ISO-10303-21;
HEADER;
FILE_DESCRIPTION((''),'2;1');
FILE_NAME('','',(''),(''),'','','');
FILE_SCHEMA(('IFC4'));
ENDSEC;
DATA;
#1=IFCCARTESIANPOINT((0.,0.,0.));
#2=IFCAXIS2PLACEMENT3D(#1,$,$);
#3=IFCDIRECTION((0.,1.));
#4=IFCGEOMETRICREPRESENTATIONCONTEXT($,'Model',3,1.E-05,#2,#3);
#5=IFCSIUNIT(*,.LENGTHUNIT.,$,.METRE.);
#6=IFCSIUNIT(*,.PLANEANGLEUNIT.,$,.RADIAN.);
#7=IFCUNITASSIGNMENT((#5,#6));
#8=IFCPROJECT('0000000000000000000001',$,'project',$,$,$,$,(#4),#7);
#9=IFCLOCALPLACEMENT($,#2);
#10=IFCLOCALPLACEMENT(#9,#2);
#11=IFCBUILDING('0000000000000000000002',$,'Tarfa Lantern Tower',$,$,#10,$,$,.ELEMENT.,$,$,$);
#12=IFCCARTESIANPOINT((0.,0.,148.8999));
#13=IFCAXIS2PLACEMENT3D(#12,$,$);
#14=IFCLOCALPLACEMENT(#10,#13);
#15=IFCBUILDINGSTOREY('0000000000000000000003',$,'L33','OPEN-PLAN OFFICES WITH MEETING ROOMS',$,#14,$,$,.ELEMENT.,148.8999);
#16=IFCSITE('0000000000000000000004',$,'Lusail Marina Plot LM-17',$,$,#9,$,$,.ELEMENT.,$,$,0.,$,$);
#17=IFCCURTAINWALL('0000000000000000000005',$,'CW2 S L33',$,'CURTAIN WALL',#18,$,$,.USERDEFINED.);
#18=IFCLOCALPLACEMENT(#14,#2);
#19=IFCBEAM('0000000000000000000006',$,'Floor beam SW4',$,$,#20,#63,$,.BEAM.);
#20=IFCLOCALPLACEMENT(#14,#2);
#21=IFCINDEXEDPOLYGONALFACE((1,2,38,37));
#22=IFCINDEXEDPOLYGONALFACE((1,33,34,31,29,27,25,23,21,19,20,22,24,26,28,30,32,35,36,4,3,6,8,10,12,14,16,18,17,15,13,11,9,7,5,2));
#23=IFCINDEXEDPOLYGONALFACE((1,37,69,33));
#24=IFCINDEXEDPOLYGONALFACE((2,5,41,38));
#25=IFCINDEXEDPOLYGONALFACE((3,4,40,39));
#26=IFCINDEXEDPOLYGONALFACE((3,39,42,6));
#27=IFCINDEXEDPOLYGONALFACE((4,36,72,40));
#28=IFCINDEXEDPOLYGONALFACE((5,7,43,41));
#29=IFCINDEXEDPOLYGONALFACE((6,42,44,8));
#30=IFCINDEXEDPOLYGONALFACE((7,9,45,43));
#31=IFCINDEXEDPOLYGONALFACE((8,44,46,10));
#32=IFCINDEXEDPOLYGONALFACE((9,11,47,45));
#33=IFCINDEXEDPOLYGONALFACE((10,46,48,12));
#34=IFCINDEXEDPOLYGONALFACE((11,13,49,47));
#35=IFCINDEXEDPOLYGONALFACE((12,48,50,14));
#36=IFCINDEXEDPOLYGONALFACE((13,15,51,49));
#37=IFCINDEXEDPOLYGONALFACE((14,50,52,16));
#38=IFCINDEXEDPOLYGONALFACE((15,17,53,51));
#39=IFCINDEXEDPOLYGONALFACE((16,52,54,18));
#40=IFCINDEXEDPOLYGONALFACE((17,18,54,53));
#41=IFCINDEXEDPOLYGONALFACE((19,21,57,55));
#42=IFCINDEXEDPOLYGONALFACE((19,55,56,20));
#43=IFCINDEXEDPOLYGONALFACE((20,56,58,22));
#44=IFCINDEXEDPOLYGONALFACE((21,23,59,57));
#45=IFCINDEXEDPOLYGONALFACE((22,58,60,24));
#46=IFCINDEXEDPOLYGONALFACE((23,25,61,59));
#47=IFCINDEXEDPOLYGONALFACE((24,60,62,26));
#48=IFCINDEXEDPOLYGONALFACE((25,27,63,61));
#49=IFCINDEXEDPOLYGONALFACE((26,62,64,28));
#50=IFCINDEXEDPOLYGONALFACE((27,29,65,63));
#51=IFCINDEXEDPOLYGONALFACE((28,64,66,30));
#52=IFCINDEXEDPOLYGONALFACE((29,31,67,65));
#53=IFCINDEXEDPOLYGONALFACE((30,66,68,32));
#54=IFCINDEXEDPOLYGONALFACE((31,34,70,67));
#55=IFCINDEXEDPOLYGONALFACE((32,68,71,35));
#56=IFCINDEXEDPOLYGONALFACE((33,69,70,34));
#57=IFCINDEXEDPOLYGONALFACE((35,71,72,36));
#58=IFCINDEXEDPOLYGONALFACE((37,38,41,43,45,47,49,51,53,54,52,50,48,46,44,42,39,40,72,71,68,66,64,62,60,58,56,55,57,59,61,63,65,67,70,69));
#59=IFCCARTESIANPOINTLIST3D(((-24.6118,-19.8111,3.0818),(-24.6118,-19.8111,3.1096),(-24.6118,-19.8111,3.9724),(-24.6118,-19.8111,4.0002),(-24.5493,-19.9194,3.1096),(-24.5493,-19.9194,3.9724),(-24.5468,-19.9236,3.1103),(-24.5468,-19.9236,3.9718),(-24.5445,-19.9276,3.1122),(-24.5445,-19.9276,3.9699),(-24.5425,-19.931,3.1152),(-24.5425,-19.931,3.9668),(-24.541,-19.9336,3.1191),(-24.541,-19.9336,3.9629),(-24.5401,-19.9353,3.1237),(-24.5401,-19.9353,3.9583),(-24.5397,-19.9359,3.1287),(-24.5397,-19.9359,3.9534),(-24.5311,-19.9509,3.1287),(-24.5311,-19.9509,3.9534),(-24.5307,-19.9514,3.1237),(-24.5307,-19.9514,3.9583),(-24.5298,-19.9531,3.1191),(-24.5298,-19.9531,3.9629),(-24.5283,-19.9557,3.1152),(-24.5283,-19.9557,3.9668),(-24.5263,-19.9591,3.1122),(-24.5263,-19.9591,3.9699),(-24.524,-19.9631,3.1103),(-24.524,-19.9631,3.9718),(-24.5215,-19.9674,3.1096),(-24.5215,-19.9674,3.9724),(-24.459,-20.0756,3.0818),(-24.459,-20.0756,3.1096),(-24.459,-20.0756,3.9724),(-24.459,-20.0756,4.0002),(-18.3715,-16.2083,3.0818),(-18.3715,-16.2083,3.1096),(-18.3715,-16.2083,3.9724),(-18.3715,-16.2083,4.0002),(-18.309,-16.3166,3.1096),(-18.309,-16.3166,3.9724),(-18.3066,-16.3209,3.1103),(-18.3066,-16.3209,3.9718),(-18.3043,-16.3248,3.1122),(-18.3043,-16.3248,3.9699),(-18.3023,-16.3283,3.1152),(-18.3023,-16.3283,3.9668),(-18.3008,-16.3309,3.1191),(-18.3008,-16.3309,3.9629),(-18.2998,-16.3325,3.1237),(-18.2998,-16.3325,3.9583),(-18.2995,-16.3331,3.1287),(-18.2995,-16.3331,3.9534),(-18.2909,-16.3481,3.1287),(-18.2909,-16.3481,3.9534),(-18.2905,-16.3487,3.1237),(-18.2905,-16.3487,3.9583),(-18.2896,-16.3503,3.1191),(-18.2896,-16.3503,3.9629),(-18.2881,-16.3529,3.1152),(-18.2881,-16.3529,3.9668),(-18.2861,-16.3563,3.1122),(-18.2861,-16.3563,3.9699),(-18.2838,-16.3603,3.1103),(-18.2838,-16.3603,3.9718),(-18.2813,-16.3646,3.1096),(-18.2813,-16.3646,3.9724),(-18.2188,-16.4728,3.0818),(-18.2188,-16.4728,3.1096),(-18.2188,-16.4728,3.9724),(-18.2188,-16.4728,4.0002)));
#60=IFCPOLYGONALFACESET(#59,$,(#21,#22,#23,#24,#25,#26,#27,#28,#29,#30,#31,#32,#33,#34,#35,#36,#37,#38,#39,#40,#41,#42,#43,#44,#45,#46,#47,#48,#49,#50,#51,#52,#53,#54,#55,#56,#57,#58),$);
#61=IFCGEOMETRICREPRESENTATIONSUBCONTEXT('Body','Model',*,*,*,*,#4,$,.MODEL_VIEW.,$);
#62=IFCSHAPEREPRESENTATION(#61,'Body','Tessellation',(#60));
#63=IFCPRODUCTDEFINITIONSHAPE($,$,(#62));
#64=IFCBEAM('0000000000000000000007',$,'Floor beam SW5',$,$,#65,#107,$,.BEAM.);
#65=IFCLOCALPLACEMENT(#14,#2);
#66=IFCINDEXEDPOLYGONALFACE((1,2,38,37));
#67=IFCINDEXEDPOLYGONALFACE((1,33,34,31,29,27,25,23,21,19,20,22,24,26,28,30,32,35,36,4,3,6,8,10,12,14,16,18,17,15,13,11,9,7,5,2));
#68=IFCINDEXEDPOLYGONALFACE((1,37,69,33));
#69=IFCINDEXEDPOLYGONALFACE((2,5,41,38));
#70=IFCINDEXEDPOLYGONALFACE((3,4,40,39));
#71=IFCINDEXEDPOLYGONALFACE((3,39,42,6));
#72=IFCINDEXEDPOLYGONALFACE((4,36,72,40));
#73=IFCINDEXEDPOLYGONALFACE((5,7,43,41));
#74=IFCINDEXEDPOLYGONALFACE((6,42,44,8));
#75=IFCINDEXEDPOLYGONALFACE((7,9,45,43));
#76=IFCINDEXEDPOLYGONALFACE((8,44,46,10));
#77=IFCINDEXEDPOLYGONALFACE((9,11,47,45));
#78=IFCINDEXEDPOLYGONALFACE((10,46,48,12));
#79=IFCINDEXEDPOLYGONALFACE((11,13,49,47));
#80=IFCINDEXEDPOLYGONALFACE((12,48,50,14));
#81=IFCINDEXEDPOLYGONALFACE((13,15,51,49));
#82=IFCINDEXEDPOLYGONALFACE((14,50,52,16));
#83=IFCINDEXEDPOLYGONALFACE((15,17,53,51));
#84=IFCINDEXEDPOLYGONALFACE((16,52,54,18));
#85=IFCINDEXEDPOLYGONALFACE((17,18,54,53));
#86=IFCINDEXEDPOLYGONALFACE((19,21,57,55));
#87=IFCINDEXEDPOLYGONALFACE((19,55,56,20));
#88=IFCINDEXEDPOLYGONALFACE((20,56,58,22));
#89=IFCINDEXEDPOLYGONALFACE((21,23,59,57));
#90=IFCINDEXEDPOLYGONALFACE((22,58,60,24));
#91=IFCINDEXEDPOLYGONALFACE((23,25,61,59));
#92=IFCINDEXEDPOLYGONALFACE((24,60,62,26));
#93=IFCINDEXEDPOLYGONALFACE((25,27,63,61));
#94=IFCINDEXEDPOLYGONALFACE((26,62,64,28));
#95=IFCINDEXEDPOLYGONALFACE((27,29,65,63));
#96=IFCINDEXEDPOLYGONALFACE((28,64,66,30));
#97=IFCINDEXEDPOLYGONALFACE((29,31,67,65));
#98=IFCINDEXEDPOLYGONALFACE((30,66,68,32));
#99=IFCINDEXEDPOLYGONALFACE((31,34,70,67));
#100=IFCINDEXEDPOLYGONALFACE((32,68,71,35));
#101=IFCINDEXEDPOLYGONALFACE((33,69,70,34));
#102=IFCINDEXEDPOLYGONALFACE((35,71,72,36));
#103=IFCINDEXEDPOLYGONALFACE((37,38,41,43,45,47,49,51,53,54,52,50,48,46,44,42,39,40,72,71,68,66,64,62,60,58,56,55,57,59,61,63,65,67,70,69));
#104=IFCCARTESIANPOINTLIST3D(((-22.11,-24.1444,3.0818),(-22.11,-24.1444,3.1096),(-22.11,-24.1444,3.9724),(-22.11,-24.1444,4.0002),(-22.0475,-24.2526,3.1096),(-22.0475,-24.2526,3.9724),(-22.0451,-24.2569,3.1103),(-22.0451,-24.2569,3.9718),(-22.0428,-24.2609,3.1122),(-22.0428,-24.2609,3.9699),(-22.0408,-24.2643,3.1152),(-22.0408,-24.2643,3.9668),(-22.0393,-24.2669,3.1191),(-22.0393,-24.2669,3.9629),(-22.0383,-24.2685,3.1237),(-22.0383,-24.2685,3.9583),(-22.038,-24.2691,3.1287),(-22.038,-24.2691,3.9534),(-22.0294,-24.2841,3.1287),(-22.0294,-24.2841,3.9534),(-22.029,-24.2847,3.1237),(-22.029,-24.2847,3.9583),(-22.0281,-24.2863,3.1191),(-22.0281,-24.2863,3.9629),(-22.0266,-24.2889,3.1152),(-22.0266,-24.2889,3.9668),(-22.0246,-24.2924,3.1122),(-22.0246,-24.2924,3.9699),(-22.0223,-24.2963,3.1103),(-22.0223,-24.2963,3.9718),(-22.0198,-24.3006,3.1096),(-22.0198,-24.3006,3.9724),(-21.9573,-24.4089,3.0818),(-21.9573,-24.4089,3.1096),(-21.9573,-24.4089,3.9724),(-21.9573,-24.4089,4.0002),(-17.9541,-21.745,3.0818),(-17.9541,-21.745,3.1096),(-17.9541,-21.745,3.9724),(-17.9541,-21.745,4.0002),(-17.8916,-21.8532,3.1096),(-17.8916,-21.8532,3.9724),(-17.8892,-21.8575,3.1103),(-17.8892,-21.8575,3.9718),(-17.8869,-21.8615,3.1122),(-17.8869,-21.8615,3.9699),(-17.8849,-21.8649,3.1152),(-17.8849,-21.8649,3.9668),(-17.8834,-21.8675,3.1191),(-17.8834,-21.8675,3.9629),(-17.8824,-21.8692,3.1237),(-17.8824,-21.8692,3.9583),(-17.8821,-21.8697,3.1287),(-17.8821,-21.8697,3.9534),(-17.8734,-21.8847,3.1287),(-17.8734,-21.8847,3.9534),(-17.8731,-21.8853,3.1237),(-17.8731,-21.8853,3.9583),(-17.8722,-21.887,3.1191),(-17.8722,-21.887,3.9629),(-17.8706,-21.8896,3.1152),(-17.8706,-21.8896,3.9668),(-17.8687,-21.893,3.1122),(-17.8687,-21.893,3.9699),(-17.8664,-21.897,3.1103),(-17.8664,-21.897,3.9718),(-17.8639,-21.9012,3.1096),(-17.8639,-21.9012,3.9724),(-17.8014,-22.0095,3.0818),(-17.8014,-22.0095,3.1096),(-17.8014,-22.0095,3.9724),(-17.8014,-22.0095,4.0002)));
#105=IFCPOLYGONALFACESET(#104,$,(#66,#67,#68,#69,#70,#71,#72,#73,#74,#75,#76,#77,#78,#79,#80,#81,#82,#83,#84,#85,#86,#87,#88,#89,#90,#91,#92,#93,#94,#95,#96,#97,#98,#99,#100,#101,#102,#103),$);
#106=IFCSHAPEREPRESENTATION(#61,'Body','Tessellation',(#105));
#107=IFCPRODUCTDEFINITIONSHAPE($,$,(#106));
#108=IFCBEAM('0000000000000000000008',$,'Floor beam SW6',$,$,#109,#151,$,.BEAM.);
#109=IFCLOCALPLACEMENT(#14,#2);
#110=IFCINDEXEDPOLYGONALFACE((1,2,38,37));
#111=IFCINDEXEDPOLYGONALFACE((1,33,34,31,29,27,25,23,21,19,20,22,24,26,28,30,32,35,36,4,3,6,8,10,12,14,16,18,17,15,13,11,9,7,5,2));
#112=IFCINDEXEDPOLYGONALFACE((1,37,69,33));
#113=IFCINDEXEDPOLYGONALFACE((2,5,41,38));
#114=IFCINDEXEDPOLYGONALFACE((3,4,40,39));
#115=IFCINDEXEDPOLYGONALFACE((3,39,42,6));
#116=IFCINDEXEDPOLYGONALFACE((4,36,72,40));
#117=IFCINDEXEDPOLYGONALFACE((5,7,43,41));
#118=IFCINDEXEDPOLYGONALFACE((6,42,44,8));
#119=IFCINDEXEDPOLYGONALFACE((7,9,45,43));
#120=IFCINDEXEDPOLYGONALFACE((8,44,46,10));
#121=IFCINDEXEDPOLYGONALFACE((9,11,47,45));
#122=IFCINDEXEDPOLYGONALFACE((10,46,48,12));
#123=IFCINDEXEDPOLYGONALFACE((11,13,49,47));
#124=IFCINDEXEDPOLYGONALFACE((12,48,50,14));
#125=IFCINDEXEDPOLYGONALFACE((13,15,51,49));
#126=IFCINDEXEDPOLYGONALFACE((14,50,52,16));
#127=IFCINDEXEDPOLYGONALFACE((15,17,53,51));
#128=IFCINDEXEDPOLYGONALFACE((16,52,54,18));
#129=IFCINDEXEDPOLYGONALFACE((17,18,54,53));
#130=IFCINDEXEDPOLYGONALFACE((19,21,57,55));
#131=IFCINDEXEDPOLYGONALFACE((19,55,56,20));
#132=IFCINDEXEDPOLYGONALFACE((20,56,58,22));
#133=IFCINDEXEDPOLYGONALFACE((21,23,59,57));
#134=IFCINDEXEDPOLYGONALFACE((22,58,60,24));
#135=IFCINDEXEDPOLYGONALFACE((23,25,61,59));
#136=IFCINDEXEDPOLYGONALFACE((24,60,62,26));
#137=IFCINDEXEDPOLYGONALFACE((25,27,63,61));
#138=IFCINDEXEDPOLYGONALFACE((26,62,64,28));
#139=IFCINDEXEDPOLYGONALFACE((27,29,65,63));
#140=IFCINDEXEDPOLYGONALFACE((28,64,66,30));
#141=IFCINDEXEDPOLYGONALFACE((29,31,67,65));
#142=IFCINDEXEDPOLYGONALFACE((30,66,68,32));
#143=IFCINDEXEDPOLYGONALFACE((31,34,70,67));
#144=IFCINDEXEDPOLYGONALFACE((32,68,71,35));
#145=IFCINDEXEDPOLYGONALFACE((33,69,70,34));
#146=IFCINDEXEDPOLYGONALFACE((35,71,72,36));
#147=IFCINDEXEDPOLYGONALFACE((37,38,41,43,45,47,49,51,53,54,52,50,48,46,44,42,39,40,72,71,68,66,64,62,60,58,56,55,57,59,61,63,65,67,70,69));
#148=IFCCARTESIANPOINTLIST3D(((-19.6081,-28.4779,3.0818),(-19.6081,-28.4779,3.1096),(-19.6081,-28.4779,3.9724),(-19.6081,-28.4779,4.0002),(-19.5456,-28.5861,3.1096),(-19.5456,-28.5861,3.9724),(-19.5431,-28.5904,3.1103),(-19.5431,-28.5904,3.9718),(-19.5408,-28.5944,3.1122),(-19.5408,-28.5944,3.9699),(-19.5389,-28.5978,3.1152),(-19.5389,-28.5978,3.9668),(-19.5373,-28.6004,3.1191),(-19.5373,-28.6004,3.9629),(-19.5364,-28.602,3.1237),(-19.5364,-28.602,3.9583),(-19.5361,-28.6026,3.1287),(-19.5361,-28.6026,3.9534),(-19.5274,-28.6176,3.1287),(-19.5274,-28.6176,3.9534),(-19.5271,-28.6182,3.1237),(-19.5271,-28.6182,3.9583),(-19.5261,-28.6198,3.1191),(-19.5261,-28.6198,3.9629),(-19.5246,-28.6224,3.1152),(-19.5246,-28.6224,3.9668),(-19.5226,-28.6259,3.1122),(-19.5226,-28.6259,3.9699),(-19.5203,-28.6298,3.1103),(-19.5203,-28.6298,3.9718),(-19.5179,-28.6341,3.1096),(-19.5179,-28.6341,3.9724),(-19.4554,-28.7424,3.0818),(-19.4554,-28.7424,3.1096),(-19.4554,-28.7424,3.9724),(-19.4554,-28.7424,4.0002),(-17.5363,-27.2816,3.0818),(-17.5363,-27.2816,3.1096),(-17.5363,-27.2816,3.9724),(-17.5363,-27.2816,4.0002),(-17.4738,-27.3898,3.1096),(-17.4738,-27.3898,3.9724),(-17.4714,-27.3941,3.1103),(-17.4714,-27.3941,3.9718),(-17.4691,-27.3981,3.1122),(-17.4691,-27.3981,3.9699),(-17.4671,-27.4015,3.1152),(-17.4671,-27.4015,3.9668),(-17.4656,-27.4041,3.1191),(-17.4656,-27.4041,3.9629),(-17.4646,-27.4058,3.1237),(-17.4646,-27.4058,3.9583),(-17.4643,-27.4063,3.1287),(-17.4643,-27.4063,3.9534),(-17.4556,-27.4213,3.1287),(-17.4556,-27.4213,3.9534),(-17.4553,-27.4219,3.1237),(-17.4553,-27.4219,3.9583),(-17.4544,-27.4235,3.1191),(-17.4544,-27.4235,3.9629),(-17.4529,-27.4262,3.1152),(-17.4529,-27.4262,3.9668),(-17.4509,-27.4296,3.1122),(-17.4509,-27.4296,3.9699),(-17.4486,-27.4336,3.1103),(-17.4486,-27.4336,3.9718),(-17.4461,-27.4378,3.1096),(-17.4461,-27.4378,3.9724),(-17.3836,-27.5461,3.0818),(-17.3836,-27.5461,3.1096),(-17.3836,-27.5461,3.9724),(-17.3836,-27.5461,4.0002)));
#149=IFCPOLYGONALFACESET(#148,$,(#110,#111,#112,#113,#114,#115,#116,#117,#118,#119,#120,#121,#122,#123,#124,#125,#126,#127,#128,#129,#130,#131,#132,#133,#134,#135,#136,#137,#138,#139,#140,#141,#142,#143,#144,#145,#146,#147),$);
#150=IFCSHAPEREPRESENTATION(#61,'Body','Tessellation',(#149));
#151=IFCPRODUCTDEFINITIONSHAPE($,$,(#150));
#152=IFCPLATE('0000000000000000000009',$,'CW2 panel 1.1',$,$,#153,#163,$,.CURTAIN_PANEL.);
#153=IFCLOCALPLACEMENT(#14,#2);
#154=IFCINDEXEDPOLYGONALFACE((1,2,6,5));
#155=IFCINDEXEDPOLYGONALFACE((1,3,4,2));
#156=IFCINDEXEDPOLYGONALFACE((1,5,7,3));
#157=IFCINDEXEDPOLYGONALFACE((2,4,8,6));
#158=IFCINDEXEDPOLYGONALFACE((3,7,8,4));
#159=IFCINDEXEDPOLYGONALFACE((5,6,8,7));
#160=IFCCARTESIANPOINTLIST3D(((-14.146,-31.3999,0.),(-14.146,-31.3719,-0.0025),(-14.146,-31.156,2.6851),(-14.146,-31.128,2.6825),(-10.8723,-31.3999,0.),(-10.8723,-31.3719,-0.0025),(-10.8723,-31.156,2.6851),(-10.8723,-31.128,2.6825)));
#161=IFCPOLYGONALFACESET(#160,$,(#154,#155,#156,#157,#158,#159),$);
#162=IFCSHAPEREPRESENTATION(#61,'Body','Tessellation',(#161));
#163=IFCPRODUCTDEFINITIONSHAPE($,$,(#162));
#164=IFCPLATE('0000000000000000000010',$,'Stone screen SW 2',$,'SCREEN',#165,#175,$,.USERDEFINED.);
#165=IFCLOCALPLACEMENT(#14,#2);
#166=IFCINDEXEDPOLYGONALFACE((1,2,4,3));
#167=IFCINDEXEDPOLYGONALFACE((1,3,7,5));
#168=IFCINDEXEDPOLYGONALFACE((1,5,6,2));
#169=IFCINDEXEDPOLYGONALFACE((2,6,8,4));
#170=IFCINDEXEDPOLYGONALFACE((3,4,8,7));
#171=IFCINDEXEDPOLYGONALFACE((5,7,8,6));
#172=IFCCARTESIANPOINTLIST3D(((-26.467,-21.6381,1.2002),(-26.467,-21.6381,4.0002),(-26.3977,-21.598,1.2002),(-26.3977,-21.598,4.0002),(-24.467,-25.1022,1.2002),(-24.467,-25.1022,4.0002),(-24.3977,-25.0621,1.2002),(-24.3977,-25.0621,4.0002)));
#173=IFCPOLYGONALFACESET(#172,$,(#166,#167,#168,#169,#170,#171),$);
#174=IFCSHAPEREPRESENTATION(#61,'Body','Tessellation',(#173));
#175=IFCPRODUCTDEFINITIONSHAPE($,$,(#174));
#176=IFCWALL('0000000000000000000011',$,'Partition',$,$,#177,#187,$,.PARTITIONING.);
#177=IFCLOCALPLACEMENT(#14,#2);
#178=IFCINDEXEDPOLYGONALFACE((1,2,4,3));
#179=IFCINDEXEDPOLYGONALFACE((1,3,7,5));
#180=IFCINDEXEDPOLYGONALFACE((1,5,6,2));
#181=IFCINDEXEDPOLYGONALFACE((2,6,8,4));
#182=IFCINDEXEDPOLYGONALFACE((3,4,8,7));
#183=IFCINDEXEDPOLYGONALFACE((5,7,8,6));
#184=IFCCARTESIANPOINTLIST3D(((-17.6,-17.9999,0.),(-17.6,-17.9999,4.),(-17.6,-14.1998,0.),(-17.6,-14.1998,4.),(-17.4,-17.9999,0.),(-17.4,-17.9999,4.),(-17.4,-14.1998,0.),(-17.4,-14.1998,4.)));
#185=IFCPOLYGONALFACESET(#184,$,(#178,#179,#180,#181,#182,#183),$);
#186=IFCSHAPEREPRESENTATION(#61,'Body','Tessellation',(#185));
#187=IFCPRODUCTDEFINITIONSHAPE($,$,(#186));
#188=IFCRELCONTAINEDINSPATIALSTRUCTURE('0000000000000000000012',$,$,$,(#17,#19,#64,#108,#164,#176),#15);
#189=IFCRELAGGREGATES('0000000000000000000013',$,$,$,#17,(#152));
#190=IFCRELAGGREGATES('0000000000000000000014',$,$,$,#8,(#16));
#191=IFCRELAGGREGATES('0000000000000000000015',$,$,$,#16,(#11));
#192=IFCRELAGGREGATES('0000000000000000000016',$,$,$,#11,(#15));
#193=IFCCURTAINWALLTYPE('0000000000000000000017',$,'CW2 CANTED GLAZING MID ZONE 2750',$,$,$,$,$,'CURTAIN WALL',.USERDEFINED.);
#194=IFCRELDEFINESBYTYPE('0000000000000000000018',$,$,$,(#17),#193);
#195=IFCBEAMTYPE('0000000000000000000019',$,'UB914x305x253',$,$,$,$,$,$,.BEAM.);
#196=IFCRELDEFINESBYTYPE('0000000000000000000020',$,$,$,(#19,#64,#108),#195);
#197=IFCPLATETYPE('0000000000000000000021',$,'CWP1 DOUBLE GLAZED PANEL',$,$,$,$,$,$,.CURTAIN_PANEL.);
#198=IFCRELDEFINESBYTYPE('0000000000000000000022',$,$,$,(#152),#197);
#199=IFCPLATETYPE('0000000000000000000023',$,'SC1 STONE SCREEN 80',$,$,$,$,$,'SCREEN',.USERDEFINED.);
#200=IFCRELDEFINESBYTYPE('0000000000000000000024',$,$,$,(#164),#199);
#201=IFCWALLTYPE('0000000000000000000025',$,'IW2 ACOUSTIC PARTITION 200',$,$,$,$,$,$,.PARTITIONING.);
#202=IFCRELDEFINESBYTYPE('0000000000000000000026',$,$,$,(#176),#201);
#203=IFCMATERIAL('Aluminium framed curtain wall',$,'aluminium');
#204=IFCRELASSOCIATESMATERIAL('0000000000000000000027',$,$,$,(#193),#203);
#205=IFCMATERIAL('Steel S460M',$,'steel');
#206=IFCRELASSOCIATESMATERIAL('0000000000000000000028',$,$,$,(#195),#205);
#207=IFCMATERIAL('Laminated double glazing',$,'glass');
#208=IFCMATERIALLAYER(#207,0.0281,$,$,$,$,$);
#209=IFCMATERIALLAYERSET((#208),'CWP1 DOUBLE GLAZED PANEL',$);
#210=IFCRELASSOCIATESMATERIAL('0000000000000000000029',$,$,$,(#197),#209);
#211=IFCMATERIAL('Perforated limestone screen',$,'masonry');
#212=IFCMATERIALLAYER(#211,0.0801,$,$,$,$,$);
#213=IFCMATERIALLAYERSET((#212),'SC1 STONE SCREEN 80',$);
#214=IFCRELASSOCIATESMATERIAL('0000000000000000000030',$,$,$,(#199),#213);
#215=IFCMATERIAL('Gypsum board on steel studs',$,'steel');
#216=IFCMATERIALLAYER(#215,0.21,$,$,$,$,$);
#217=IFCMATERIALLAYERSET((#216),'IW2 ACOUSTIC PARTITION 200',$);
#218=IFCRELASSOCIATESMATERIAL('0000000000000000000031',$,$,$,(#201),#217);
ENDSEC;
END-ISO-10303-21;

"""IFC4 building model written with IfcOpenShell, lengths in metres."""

from ifc_helpers import new_model, si_unit, direction, frame, frame_2d, origin, origin_2d, place, context, subcontext, project, spatial, polyline, rectangle, i_section, outline, extrude, material, layer, layer_set, material_profile, profile_set, type_object, element, aggregate, save


model = new_model("IFC4")

# Units and contexts
model_context = context("Model", 3, precision=1e-05, world=origin(), true_north=direction((0.0, 1.0)))
body_context = subcontext(model_context, "Body", "Model", "MODEL_VIEW")
ifc_project = project(units=[si_unit("LENGTHUNIT", "METRE"), si_unit("PLANEANGLEUNIT", "RADIAN")], contexts=[model_context])

# Site, building, storey
site_placement = place(None, origin())
site = spatial("IfcSite", under=ifc_project, at=site_placement, Name="Lusail Marina Plot LM-17", CompositionType="ELEMENT", RefElevation=0.0)
building_placement = place(site_placement, origin())
building = spatial("IfcBuilding", under=site, at=building_placement, Name="Tarfa Lantern Tower", CompositionType="ELEMENT")
storey_placement = place(building_placement, frame((0.0, 0.0, 148.8999)))
storey = spatial("IfcBuildingStorey", under=building, at=storey_placement, Name="L33", Description="OPEN-PLAN OFFICES WITH MEETING ROOMS", CompositionType="ELEMENT", Elevation=148.8999)

# Curtain wall
ifc_material_1 = material(Name="Aluminium framed curtain wall", Category="aluminium")
curtain_wall_type = type_object("IfcCurtainWallType", Name="CW2 CANTED GLAZING MID ZONE 2750", ElementType="CURTAIN WALL", PredefinedType="USERDEFINED", material=ifc_material_1)
curtain_wall_placement = place(storey_placement, origin())
curtain_wall = element("IfcCurtainWall", 1, at=curtain_wall_placement, inside=storey, type_object=curtain_wall_type, Name="CW2 S L33", ObjectType="CURTAIN WALL", PredefinedType="USERDEFINED")

# Beams
ifc_material_2 = material(Name="Steel S460M", Category="steel")
ifc_material_profile_1 = material_profile(ifc_material_2, i_section(OverallWidth=0.3054, OverallDepth=0.9185, WebThickness=0.0173, FlangeThickness=0.0278, FilletRadius=0.019, at=origin_2d()), Name="UB914x305x253")
ifc_profile_set_1 = profile_set([ifc_material_profile_1], Name="Steel S460M")
beam_type_1 = type_object("IfcBeamType", Name="UB914x305x253", PredefinedType="BEAM", material=ifc_profile_set_1)
beam_1_placement = place(storey_placement, frame((-24.5354, -19.9434, 3.541), z_axis=(0.866026, 0.499998, 0.0), x_axis=(-0.499998, 0.866026, 0.0)))
element("IfcBeam", 2, at=beam_1_placement, inside=storey, type_object=beam_type_1, Name="Floor beam SW4", PredefinedType="BEAM", context=body_context, shape_type="SweptSolid", body=[
    extrude(i_section(OverallWidth=0.3054, OverallDepth=0.9185, WebThickness=0.0173, FlangeThickness=0.0278, FilletRadius=0.019, at=origin_2d()), origin(), (0.0, 0.0, 1.0), 7.2056),
])
beam_2_placement = place(storey_placement, frame((-22.0337, -24.2766, 3.541), z_axis=(0.866031, 0.499991, 0.0), x_axis=(-0.499991, 0.866031, 0.0)))
element("IfcBeam", 3, at=beam_2_placement, inside=storey, type_object=beam_type_1, Name="Floor beam SW5", PredefinedType="BEAM", context=body_context, shape_type="SweptSolid", body=[
    extrude(i_section(OverallWidth=0.3054, OverallDepth=0.9185, WebThickness=0.0173, FlangeThickness=0.0278, FilletRadius=0.019, at=origin_2d()), origin(), (0.0, 0.0, 1.0), 4.7988),
])
beam_3_placement = place(storey_placement, frame((-19.5317, -28.6101, 3.541), z_axis=(0.865999, 0.500046, 0.0), x_axis=(-0.500046, 0.865999, 0.0)))
element("IfcBeam", 4, at=beam_3_placement, inside=storey, type_object=beam_type_1, Name="Floor beam SW6", PredefinedType="BEAM", context=body_context, shape_type="SweptSolid", body=[
    extrude(i_section(OverallWidth=0.3054, OverallDepth=0.9185, WebThickness=0.0173, FlangeThickness=0.0278, FilletRadius=0.019, at=origin_2d()), origin(), (0.0, 0.0, 1.0), 2.3923),
])

# Plates
ifc_material_3 = material(Name="Laminated double glazing", Category="glass")
ifc_layer_1 = layer(ifc_material_3, 0.0281)
ifc_layer_set_1 = layer_set([ifc_layer_1], Name="CWP1 DOUBLE GLAZED PANEL")
plate_type_1 = type_object("IfcPlateType", Name="CWP1 DOUBLE GLAZED PANEL", PredefinedType="CURTAIN_PANEL", material=ifc_layer_set_1)
plate_1_placement = place(storey_placement, frame((-14.146, -31.3999, 0.0), z_axis=(0.0, -0.9959, 0.090462), x_axis=(1.0, 0.0, 0.0)))
plate_1 = element("IfcPlate", 5, at=plate_1_placement, type_object=plate_type_1, Name="CW2 panel 1.1", PredefinedType="CURTAIN_PANEL", context=body_context, shape_type="SweptSolid", body=[
    extrude(outline(polyline([(0.0, 0.0), (3.2737, 0.0), (3.2737, 2.6961), (0.0, 2.6961), (0.0, 0.0)])), origin(), (0.0, 0.0, -1.0), 0.0281),
])
aggregate(curtain_wall, [plate_1])
ifc_material_4 = material(Name="Perforated limestone screen", Category="masonry")
ifc_layer_2 = layer(ifc_material_4, 0.0801)
ifc_layer_set_2 = layer_set([ifc_layer_2], Name="SC1 STONE SCREEN 80")
plate_type_2 = type_object("IfcPlateType", Name="SC1 STONE SCREEN 80", ElementType="SCREEN", PredefinedType="USERDEFINED", material=ifc_layer_set_2)
plate_2_placement = place(storey_placement, frame((-25.4324, -23.3501, 1.2002), z_axis=(0.0, 0.0, 1.0), x_axis=(0.5, -0.866025, 0.0)))
element("IfcPlate", 6, at=plate_2_placement, inside=storey, type_object=plate_type_2, Name="Stone screen SW 2", ObjectType="SCREEN", PredefinedType="USERDEFINED", context=body_context, shape_type="SweptSolid", body=[
    extrude(rectangle(XDim=4.0, YDim=0.0801, at=origin_2d()), origin(), (0.0, 0.0, 1.0), 2.8),
])

# Wall
ifc_material_5 = material(Name="Gypsum board on steel studs", Category="steel")
ifc_layer_3 = layer(ifc_material_5, 0.21)
ifc_layer_set_3 = layer_set([ifc_layer_3], Name="IW2 ACOUSTIC PARTITION 200")
wall_type = type_object("IfcWallType", Name="IW2 ACOUSTIC PARTITION 200", PredefinedType="PARTITIONING", material=ifc_layer_set_3)
wall_placement = place(storey_placement, frame((-17.5, -14.2, 0.0), z_axis=(0.0, 0.0, 1.0), x_axis=(0.0, -1.0, 0.0)))
element("IfcWall", 7, at=wall_placement, inside=storey, type_object=wall_type, Name="Partition", PredefinedType="PARTITIONING", context=body_context, shape_type="SweptSolid", body=[
    extrude(rectangle(XDim=3.8, YDim=0.2, at=frame_2d((1.8999, 0.0))), origin(), (0.0, 0.0, 1.0), 4.0),
])

save(model, "model.ifc")
